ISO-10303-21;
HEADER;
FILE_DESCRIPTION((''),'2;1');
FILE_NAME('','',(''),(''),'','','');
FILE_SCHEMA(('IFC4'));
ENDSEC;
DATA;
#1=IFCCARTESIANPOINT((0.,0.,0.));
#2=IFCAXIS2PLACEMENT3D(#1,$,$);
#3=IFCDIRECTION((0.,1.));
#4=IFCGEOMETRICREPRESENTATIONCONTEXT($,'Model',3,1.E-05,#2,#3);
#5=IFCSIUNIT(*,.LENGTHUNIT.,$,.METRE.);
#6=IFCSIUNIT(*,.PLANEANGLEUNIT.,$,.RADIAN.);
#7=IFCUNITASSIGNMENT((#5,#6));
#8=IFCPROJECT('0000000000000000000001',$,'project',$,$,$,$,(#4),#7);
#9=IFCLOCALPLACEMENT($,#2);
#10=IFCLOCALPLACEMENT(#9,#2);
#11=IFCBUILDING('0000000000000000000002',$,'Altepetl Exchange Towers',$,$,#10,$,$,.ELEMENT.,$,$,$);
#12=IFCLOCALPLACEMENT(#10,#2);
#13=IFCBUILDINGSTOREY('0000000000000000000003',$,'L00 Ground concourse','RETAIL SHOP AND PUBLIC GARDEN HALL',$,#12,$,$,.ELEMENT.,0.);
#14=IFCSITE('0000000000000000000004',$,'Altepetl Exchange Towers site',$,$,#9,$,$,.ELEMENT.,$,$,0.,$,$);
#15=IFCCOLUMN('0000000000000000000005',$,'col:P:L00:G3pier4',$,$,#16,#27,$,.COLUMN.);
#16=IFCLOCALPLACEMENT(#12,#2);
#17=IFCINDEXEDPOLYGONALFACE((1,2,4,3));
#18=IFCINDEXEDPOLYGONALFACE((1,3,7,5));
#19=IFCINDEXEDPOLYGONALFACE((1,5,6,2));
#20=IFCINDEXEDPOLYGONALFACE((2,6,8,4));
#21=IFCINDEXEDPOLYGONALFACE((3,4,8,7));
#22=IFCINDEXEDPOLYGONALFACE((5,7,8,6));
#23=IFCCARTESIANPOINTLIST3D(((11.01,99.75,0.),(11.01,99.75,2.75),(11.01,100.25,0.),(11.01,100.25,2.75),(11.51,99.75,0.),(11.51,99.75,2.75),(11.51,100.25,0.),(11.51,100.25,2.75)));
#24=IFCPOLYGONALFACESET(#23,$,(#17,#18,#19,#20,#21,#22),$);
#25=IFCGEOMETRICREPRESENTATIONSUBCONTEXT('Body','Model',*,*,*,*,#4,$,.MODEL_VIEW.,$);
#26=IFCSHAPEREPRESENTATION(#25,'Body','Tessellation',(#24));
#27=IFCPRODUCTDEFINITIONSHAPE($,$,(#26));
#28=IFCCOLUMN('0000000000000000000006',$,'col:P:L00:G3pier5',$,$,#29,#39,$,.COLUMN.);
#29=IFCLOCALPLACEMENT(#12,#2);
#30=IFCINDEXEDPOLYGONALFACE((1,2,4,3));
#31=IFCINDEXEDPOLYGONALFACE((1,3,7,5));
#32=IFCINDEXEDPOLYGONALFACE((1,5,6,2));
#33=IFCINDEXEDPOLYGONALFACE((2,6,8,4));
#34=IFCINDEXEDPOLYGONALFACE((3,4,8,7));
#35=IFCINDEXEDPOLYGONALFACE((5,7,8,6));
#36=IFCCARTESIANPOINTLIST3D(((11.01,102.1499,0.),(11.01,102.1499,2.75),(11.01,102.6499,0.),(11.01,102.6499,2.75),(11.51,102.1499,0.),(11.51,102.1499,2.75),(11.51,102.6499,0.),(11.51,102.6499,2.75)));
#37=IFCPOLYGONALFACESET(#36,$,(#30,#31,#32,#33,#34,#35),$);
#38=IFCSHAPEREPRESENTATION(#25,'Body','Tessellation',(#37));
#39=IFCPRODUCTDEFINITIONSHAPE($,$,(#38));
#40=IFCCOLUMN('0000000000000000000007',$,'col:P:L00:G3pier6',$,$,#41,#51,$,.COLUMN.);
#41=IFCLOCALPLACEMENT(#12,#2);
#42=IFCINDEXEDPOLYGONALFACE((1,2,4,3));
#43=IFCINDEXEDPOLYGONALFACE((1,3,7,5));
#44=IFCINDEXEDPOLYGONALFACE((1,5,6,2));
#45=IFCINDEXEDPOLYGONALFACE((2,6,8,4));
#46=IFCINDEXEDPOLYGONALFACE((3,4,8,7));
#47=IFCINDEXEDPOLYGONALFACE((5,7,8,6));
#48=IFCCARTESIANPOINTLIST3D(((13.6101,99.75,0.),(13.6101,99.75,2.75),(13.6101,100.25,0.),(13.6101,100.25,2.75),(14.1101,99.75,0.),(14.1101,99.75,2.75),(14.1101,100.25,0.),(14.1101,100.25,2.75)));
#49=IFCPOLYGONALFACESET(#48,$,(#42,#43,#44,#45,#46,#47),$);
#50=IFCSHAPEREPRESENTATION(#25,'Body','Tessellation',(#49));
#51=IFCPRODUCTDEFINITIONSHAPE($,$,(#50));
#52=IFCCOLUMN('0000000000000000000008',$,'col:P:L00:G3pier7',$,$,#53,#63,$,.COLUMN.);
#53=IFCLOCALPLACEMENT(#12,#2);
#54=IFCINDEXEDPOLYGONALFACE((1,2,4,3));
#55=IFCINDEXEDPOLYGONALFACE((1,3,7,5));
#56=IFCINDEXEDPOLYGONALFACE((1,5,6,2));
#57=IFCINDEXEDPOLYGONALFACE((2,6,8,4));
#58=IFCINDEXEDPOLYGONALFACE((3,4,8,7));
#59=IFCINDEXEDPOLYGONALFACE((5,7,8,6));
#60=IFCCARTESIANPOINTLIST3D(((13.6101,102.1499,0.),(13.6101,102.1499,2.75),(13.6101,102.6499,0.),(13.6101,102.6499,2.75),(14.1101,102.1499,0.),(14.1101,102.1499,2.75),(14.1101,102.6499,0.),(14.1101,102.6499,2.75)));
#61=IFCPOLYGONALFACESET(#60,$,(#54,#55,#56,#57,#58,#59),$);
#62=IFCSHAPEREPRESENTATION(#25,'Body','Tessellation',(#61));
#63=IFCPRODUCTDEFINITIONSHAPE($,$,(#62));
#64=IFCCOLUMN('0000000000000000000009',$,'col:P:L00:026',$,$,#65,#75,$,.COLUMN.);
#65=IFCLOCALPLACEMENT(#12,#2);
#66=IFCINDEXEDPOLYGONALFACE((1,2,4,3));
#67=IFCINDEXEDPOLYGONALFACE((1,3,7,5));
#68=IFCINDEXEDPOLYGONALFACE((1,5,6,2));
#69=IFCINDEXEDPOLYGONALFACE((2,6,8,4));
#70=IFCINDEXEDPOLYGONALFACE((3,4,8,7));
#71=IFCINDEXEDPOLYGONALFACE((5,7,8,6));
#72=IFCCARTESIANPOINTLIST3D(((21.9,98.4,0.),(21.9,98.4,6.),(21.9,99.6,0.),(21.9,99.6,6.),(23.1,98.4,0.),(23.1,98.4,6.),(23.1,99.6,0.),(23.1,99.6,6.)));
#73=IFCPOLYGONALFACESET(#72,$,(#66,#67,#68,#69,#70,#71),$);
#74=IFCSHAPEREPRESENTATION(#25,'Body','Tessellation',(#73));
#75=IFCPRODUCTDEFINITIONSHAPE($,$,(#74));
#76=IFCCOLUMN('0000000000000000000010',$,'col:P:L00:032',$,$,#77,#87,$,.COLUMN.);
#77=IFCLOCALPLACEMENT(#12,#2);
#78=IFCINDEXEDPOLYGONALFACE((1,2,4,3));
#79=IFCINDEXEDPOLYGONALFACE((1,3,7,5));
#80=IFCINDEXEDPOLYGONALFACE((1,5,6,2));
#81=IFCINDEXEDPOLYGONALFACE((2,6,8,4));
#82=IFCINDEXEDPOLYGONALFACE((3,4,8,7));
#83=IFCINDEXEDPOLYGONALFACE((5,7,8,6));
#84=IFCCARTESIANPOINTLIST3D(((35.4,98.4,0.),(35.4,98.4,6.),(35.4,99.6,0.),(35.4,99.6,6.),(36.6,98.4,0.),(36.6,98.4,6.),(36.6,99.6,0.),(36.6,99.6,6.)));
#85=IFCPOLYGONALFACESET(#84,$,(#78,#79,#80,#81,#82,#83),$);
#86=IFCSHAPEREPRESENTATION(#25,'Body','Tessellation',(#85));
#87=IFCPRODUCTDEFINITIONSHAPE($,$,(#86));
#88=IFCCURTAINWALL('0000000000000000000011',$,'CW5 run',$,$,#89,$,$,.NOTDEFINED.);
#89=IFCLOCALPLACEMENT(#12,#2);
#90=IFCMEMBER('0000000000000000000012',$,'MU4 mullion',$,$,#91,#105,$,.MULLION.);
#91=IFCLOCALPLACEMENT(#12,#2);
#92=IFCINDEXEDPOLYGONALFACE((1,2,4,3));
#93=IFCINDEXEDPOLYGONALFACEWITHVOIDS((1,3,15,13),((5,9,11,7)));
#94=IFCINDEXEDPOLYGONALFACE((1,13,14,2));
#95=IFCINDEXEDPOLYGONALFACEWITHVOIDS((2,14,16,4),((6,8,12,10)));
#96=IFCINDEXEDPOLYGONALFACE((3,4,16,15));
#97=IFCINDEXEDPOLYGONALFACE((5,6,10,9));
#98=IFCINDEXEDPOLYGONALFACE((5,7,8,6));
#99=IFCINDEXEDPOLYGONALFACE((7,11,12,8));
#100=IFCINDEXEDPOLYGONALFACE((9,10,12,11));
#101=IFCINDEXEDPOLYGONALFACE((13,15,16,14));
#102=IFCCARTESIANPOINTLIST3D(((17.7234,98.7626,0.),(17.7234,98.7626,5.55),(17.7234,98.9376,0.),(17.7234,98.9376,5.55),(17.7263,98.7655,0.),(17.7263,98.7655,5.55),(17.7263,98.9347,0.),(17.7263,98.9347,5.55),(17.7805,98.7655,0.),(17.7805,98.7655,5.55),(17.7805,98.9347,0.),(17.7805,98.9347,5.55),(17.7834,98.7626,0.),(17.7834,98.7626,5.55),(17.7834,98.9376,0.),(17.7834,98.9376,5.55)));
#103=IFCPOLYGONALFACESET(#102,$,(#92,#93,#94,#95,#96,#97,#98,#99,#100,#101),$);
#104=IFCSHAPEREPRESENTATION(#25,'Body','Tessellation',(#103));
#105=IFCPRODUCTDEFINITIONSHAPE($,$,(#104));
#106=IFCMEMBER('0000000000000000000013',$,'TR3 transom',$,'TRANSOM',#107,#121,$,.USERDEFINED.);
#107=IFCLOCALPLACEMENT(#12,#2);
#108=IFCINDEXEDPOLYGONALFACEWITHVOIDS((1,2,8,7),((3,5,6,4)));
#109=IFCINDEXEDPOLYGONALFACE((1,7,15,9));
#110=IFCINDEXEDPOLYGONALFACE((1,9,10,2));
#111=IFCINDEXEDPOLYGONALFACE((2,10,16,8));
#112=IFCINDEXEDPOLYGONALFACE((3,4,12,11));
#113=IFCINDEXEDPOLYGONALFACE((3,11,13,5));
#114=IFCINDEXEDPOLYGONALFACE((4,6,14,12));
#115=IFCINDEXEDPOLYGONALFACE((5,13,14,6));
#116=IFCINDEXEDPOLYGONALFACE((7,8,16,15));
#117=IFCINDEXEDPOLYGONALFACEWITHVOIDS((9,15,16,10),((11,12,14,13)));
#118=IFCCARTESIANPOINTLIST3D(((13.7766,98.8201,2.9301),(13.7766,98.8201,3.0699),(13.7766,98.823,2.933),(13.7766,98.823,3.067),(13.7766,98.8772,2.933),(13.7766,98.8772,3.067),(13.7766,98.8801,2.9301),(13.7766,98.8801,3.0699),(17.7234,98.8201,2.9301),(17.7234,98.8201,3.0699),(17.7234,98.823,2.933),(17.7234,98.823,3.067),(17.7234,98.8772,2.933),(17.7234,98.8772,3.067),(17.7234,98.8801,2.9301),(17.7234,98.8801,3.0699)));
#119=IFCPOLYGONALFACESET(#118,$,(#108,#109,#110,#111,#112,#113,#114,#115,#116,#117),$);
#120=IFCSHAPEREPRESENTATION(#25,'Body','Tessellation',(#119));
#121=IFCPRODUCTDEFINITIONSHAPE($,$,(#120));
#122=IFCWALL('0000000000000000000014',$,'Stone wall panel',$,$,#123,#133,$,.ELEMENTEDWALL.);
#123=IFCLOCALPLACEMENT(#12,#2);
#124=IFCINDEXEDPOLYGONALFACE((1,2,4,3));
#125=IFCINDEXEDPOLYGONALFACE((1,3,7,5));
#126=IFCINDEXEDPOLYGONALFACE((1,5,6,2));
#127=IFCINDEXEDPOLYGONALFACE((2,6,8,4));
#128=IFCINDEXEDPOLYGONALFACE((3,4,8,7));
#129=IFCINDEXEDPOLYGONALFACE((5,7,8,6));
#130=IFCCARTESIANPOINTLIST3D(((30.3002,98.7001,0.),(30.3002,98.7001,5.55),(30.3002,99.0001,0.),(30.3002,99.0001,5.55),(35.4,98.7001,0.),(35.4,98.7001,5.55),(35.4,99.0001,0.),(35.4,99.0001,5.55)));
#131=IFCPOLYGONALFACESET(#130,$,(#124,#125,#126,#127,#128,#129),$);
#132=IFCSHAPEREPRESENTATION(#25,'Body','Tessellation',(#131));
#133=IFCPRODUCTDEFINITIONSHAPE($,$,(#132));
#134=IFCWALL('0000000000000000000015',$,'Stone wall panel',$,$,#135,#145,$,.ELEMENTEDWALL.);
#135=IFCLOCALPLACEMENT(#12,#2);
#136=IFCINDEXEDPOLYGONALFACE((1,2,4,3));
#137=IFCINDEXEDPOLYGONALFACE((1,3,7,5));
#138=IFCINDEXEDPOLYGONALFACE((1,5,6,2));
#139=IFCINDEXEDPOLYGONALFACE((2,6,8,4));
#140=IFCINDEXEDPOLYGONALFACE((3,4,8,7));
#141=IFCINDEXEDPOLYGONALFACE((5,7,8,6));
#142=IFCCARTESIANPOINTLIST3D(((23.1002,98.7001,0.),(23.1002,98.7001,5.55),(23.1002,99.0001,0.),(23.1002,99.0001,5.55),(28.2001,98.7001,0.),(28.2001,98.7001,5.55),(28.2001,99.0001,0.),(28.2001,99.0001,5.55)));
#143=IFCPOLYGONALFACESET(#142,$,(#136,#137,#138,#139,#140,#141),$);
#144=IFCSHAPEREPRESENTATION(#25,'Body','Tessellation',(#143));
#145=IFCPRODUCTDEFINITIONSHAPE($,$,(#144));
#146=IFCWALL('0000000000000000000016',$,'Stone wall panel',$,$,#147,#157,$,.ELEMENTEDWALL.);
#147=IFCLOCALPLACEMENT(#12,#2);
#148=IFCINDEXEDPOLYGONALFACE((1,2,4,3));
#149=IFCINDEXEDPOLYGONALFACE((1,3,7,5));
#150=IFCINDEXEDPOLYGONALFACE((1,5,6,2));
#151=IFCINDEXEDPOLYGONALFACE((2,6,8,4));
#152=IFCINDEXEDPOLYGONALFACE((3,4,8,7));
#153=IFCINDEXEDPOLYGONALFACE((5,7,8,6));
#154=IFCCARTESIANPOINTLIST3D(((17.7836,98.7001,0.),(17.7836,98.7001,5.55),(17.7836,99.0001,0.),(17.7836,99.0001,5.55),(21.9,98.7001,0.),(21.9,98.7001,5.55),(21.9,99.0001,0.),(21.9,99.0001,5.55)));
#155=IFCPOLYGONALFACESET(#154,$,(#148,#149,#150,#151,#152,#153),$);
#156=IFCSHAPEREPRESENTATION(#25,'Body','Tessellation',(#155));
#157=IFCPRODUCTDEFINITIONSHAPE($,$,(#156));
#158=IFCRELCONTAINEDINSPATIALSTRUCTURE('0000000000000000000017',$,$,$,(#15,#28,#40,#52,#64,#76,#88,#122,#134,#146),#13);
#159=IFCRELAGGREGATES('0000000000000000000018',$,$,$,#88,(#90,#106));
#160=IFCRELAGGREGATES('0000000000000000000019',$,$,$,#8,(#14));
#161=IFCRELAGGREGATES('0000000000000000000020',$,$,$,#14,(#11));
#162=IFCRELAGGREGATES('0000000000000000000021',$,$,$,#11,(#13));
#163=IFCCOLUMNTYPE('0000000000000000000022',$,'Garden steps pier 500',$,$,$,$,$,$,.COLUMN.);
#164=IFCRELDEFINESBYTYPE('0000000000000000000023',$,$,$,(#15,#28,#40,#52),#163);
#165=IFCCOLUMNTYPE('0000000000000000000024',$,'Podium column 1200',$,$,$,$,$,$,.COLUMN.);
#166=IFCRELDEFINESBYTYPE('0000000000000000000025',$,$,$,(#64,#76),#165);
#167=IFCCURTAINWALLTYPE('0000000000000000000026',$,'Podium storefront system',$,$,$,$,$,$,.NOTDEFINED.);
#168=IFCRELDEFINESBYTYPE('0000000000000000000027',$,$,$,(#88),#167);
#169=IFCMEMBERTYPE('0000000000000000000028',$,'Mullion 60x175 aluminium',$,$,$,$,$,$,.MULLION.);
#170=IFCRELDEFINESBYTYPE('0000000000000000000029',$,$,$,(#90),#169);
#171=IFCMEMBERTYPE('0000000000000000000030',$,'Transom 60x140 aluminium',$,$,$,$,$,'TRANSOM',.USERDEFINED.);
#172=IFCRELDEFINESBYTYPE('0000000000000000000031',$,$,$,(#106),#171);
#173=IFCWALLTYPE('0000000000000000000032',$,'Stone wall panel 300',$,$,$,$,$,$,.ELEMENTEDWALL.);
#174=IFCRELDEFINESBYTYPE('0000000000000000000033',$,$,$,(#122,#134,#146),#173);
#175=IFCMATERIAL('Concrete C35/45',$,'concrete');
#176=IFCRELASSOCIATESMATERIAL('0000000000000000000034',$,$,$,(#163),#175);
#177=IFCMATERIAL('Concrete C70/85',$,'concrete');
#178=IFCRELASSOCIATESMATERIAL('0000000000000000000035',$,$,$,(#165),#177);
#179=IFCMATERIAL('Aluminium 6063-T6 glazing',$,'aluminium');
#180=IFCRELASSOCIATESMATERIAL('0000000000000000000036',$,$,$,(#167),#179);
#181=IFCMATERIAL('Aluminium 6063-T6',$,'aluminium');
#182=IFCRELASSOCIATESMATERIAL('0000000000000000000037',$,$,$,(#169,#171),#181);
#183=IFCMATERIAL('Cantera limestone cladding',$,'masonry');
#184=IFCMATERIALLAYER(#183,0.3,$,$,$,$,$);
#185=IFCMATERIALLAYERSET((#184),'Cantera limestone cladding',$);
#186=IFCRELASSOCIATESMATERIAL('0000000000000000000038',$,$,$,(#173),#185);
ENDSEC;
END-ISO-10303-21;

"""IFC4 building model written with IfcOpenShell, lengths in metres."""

from ifc_helpers import new_model, si_unit, direction, frame, frame_2d, origin, origin_2d, place, context, subcontext, project, spatial, rectangle, hollow_rectangle, extrude, material, layer, layer_set, material_profile, profile_set, type_object, element, aggregate, save


model = new_model("IFC4")

# Units and contexts
model_context = context("Model", 3, precision=1e-05, world=origin(), true_north=direction((0.0, 1.0)))
body_context = subcontext(model_context, "Body", "Model", "MODEL_VIEW")
ifc_project = project(units=[si_unit("LENGTHUNIT", "METRE"), si_unit("PLANEANGLEUNIT", "RADIAN")], contexts=[model_context])

# Site, building, storey
site_placement = place(None, origin())
site = spatial("IfcSite", under=ifc_project, at=site_placement, Name="Altepetl Exchange Towers site", CompositionType="ELEMENT", RefElevation=0.0)
building_placement = place(site_placement, origin())
building = spatial("IfcBuilding", under=site, at=building_placement, Name="Altepetl Exchange Towers", CompositionType="ELEMENT")
storey_placement = place(building_placement, origin())
storey = spatial("IfcBuildingStorey", under=building, at=storey_placement, Name="L00 Ground concourse", Description="RETAIL SHOP AND PUBLIC GARDEN HALL", CompositionType="ELEMENT", Elevation=0.0)

# Columns
ifc_material_1 = material(Name="Concrete C35/45", Category="concrete")
ifc_material_profile_1 = material_profile(ifc_material_1, rectangle(XDim=0.5, YDim=0.5, at=origin_2d()), Name="500 x 500")
ifc_profile_set_1 = profile_set([ifc_material_profile_1], Name="Concrete C35/45")
column_type_1 = type_object("IfcColumnType", Name="Garden steps pier 500", PredefinedType="COLUMN", material=ifc_profile_set_1)
for number, where, name in (
    (1, (11.26, 100.0, 0.0), "col:P:L00:G3pier4"),
    (2, (11.26, 102.3999, 0.0), "col:P:L00:G3pier5"),
    (3, (13.8601, 100.0, 0.0), "col:P:L00:G3pier6"),
    (4, (13.8601, 102.3999, 0.0), "col:P:L00:G3pier7"),
):
    element("IfcColumn", number, at=place(storey_placement, frame(where)), inside=storey, type_object=column_type_1, Name=name, PredefinedType="COLUMN", context=body_context, shape_type="SweptSolid", body=[
        extrude(rectangle(XDim=0.5, YDim=0.5, at=origin_2d()), origin(), (0.0, 0.0, 1.0), 2.75),
    ])
ifc_material_2 = material(Name="Concrete C70/85", Category="concrete")
ifc_material_profile_2 = material_profile(ifc_material_2, rectangle(XDim=1.2, YDim=1.2, at=origin_2d()), Name="1200 x 1200")
ifc_profile_set_2 = profile_set([ifc_material_profile_2], Name="Concrete C70/85")
column_type_2 = type_object("IfcColumnType", Name="Podium column 1200", PredefinedType="COLUMN", material=ifc_profile_set_2)
for number, where, name in (
    (5, (22.5, 99.0, 0.0), "col:P:L00:026"),
    (6, (36.0, 99.0, 0.0), "col:P:L00:032"),
):
    element("IfcColumn", number, at=place(storey_placement, frame(where)), inside=storey, type_object=column_type_2, Name=name, PredefinedType="COLUMN", context=body_context, shape_type="SweptSolid", body=[
        extrude(rectangle(XDim=1.2, YDim=1.2, at=origin_2d()), origin(), (0.0, 0.0, 1.0), 6.0),
    ])

# Curtain wall, members
ifc_material_3 = material(Name="Aluminium 6063-T6 glazing", Category="aluminium")
curtain_wall_type = type_object("IfcCurtainWallType", Name="Podium storefront system", PredefinedType="NOTDEFINED", material=ifc_material_3)
curtain_wall_placement = place(storey_placement, origin())
curtain_wall = element("IfcCurtainWall", 7, at=curtain_wall_placement, inside=storey, type_object=curtain_wall_type, Name="CW5 run", PredefinedType="NOTDEFINED")
ifc_material_4 = material(Name="Aluminium 6063-T6", Category="aluminium")
ifc_material_profile_3 = material_profile(ifc_material_4, hollow_rectangle(XDim=0.0601, YDim=0.175, WallThickness=0.0029, at=origin_2d()), Name="Mullion 60x175 aluminium")
ifc_profile_set_3 = profile_set([ifc_material_profile_3], Name="Aluminium 6063-T6")
member_type_1 = type_object("IfcMemberType", Name="Mullion 60x175 aluminium", PredefinedType="MULLION", material=ifc_profile_set_3)
member_1_placement = place(storey_placement, frame((17.7534, 98.8501, 0.0), z_axis=(0.0, 0.0, 1.0), x_axis=(-1.0, 0.0, 0.0)))
member_1 = element("IfcMember", 8, at=member_1_placement, type_object=member_type_1, Name="MU4 mullion", PredefinedType="MULLION", context=body_context, shape_type="SweptSolid", body=[
    extrude(hollow_rectangle(XDim=0.0601, YDim=0.175, WallThickness=0.0029, at=origin_2d()), origin(), (0.0, 0.0, 1.0), 5.55),
])
ifc_material_profile_4 = material_profile(ifc_material_4, hollow_rectangle(XDim=0.0601, YDim=0.1399, WallThickness=0.0029, at=origin_2d()), Name="Transom 60x140 aluminium")
ifc_profile_set_4 = profile_set([ifc_material_profile_4], Name="Aluminium 6063-T6")
member_type_2 = type_object("IfcMemberType", Name="Transom 60x140 aluminium", ElementType="TRANSOM", PredefinedType="USERDEFINED", material=ifc_profile_set_4)
member_2_placement = place(storey_placement, frame((17.7234, 98.8501, 3.0), z_axis=(-1.0, 0.0, 0.0), x_axis=(0.0, -1.0, 0.0)))
member_2 = element("IfcMember", 9, at=member_2_placement, type_object=member_type_2, Name="TR3 transom", ObjectType="TRANSOM", PredefinedType="USERDEFINED", context=body_context, shape_type="SweptSolid", body=[
    extrude(hollow_rectangle(XDim=0.0601, YDim=0.1399, WallThickness=0.0029, at=origin_2d()), origin(), (0.0, 0.0, 1.0), 3.9468),
])
aggregate(curtain_wall, [member_1, member_2])

# Wall
ifc_material_5 = material(Name="Cantera limestone cladding", Category="masonry")
ifc_layer = layer(ifc_material_5, 0.3)
ifc_layer_set = layer_set([ifc_layer], Name="Cantera limestone cladding")
wall_type = type_object("IfcWallType", Name="Stone wall panel 300", PredefinedType="ELEMENTEDWALL", material=ifc_layer_set)
wall_1_placement = place(storey_placement, frame((35.3999, 98.8501, 0.0), z_axis=(0.0, 0.0, 1.0), x_axis=(-1.0, 0.0, 0.0)))
element("IfcWall", 10, at=wall_1_placement, inside=storey, type_object=wall_type, Name="Stone wall panel", PredefinedType="ELEMENTEDWALL", context=body_context, shape_type="SweptSolid", body=[
    extrude(rectangle(XDim=5.0999, YDim=0.3, at=frame_2d((2.5498, 0.0))), origin(), (0.0, 0.0, 1.0), 5.55),
])

# Walls
wall_2_placement = place(storey_placement, frame((28.2, 98.8501, 0.0), z_axis=(0.0, 0.0, 1.0), x_axis=(-1.0, 0.0, 0.0)))
element("IfcWall", 11, at=wall_2_placement, inside=storey, type_object=wall_type, Name="Stone wall panel", PredefinedType="ELEMENTEDWALL", context=body_context, shape_type="SweptSolid", body=[
    extrude(rectangle(XDim=5.0999, YDim=0.3, at=frame_2d((2.5498, 0.0))), origin(), (0.0, 0.0, 1.0), 5.55),
])
wall_3_placement = place(storey_placement, frame((21.8999, 98.8501, 0.0), z_axis=(0.0, 0.0, 1.0), x_axis=(-1.0, 0.0, 0.0)))
element("IfcWall", 12, at=wall_3_placement, inside=storey, type_object=wall_type, Name="Stone wall panel", PredefinedType="ELEMENTEDWALL", context=body_context, shape_type="SweptSolid", body=[
    extrude(rectangle(XDim=4.1165, YDim=0.3, at=frame_2d((2.0581, 0.0))), origin(), (0.0, 0.0, 1.0), 5.55),
])

save(model, "model.ifc")
